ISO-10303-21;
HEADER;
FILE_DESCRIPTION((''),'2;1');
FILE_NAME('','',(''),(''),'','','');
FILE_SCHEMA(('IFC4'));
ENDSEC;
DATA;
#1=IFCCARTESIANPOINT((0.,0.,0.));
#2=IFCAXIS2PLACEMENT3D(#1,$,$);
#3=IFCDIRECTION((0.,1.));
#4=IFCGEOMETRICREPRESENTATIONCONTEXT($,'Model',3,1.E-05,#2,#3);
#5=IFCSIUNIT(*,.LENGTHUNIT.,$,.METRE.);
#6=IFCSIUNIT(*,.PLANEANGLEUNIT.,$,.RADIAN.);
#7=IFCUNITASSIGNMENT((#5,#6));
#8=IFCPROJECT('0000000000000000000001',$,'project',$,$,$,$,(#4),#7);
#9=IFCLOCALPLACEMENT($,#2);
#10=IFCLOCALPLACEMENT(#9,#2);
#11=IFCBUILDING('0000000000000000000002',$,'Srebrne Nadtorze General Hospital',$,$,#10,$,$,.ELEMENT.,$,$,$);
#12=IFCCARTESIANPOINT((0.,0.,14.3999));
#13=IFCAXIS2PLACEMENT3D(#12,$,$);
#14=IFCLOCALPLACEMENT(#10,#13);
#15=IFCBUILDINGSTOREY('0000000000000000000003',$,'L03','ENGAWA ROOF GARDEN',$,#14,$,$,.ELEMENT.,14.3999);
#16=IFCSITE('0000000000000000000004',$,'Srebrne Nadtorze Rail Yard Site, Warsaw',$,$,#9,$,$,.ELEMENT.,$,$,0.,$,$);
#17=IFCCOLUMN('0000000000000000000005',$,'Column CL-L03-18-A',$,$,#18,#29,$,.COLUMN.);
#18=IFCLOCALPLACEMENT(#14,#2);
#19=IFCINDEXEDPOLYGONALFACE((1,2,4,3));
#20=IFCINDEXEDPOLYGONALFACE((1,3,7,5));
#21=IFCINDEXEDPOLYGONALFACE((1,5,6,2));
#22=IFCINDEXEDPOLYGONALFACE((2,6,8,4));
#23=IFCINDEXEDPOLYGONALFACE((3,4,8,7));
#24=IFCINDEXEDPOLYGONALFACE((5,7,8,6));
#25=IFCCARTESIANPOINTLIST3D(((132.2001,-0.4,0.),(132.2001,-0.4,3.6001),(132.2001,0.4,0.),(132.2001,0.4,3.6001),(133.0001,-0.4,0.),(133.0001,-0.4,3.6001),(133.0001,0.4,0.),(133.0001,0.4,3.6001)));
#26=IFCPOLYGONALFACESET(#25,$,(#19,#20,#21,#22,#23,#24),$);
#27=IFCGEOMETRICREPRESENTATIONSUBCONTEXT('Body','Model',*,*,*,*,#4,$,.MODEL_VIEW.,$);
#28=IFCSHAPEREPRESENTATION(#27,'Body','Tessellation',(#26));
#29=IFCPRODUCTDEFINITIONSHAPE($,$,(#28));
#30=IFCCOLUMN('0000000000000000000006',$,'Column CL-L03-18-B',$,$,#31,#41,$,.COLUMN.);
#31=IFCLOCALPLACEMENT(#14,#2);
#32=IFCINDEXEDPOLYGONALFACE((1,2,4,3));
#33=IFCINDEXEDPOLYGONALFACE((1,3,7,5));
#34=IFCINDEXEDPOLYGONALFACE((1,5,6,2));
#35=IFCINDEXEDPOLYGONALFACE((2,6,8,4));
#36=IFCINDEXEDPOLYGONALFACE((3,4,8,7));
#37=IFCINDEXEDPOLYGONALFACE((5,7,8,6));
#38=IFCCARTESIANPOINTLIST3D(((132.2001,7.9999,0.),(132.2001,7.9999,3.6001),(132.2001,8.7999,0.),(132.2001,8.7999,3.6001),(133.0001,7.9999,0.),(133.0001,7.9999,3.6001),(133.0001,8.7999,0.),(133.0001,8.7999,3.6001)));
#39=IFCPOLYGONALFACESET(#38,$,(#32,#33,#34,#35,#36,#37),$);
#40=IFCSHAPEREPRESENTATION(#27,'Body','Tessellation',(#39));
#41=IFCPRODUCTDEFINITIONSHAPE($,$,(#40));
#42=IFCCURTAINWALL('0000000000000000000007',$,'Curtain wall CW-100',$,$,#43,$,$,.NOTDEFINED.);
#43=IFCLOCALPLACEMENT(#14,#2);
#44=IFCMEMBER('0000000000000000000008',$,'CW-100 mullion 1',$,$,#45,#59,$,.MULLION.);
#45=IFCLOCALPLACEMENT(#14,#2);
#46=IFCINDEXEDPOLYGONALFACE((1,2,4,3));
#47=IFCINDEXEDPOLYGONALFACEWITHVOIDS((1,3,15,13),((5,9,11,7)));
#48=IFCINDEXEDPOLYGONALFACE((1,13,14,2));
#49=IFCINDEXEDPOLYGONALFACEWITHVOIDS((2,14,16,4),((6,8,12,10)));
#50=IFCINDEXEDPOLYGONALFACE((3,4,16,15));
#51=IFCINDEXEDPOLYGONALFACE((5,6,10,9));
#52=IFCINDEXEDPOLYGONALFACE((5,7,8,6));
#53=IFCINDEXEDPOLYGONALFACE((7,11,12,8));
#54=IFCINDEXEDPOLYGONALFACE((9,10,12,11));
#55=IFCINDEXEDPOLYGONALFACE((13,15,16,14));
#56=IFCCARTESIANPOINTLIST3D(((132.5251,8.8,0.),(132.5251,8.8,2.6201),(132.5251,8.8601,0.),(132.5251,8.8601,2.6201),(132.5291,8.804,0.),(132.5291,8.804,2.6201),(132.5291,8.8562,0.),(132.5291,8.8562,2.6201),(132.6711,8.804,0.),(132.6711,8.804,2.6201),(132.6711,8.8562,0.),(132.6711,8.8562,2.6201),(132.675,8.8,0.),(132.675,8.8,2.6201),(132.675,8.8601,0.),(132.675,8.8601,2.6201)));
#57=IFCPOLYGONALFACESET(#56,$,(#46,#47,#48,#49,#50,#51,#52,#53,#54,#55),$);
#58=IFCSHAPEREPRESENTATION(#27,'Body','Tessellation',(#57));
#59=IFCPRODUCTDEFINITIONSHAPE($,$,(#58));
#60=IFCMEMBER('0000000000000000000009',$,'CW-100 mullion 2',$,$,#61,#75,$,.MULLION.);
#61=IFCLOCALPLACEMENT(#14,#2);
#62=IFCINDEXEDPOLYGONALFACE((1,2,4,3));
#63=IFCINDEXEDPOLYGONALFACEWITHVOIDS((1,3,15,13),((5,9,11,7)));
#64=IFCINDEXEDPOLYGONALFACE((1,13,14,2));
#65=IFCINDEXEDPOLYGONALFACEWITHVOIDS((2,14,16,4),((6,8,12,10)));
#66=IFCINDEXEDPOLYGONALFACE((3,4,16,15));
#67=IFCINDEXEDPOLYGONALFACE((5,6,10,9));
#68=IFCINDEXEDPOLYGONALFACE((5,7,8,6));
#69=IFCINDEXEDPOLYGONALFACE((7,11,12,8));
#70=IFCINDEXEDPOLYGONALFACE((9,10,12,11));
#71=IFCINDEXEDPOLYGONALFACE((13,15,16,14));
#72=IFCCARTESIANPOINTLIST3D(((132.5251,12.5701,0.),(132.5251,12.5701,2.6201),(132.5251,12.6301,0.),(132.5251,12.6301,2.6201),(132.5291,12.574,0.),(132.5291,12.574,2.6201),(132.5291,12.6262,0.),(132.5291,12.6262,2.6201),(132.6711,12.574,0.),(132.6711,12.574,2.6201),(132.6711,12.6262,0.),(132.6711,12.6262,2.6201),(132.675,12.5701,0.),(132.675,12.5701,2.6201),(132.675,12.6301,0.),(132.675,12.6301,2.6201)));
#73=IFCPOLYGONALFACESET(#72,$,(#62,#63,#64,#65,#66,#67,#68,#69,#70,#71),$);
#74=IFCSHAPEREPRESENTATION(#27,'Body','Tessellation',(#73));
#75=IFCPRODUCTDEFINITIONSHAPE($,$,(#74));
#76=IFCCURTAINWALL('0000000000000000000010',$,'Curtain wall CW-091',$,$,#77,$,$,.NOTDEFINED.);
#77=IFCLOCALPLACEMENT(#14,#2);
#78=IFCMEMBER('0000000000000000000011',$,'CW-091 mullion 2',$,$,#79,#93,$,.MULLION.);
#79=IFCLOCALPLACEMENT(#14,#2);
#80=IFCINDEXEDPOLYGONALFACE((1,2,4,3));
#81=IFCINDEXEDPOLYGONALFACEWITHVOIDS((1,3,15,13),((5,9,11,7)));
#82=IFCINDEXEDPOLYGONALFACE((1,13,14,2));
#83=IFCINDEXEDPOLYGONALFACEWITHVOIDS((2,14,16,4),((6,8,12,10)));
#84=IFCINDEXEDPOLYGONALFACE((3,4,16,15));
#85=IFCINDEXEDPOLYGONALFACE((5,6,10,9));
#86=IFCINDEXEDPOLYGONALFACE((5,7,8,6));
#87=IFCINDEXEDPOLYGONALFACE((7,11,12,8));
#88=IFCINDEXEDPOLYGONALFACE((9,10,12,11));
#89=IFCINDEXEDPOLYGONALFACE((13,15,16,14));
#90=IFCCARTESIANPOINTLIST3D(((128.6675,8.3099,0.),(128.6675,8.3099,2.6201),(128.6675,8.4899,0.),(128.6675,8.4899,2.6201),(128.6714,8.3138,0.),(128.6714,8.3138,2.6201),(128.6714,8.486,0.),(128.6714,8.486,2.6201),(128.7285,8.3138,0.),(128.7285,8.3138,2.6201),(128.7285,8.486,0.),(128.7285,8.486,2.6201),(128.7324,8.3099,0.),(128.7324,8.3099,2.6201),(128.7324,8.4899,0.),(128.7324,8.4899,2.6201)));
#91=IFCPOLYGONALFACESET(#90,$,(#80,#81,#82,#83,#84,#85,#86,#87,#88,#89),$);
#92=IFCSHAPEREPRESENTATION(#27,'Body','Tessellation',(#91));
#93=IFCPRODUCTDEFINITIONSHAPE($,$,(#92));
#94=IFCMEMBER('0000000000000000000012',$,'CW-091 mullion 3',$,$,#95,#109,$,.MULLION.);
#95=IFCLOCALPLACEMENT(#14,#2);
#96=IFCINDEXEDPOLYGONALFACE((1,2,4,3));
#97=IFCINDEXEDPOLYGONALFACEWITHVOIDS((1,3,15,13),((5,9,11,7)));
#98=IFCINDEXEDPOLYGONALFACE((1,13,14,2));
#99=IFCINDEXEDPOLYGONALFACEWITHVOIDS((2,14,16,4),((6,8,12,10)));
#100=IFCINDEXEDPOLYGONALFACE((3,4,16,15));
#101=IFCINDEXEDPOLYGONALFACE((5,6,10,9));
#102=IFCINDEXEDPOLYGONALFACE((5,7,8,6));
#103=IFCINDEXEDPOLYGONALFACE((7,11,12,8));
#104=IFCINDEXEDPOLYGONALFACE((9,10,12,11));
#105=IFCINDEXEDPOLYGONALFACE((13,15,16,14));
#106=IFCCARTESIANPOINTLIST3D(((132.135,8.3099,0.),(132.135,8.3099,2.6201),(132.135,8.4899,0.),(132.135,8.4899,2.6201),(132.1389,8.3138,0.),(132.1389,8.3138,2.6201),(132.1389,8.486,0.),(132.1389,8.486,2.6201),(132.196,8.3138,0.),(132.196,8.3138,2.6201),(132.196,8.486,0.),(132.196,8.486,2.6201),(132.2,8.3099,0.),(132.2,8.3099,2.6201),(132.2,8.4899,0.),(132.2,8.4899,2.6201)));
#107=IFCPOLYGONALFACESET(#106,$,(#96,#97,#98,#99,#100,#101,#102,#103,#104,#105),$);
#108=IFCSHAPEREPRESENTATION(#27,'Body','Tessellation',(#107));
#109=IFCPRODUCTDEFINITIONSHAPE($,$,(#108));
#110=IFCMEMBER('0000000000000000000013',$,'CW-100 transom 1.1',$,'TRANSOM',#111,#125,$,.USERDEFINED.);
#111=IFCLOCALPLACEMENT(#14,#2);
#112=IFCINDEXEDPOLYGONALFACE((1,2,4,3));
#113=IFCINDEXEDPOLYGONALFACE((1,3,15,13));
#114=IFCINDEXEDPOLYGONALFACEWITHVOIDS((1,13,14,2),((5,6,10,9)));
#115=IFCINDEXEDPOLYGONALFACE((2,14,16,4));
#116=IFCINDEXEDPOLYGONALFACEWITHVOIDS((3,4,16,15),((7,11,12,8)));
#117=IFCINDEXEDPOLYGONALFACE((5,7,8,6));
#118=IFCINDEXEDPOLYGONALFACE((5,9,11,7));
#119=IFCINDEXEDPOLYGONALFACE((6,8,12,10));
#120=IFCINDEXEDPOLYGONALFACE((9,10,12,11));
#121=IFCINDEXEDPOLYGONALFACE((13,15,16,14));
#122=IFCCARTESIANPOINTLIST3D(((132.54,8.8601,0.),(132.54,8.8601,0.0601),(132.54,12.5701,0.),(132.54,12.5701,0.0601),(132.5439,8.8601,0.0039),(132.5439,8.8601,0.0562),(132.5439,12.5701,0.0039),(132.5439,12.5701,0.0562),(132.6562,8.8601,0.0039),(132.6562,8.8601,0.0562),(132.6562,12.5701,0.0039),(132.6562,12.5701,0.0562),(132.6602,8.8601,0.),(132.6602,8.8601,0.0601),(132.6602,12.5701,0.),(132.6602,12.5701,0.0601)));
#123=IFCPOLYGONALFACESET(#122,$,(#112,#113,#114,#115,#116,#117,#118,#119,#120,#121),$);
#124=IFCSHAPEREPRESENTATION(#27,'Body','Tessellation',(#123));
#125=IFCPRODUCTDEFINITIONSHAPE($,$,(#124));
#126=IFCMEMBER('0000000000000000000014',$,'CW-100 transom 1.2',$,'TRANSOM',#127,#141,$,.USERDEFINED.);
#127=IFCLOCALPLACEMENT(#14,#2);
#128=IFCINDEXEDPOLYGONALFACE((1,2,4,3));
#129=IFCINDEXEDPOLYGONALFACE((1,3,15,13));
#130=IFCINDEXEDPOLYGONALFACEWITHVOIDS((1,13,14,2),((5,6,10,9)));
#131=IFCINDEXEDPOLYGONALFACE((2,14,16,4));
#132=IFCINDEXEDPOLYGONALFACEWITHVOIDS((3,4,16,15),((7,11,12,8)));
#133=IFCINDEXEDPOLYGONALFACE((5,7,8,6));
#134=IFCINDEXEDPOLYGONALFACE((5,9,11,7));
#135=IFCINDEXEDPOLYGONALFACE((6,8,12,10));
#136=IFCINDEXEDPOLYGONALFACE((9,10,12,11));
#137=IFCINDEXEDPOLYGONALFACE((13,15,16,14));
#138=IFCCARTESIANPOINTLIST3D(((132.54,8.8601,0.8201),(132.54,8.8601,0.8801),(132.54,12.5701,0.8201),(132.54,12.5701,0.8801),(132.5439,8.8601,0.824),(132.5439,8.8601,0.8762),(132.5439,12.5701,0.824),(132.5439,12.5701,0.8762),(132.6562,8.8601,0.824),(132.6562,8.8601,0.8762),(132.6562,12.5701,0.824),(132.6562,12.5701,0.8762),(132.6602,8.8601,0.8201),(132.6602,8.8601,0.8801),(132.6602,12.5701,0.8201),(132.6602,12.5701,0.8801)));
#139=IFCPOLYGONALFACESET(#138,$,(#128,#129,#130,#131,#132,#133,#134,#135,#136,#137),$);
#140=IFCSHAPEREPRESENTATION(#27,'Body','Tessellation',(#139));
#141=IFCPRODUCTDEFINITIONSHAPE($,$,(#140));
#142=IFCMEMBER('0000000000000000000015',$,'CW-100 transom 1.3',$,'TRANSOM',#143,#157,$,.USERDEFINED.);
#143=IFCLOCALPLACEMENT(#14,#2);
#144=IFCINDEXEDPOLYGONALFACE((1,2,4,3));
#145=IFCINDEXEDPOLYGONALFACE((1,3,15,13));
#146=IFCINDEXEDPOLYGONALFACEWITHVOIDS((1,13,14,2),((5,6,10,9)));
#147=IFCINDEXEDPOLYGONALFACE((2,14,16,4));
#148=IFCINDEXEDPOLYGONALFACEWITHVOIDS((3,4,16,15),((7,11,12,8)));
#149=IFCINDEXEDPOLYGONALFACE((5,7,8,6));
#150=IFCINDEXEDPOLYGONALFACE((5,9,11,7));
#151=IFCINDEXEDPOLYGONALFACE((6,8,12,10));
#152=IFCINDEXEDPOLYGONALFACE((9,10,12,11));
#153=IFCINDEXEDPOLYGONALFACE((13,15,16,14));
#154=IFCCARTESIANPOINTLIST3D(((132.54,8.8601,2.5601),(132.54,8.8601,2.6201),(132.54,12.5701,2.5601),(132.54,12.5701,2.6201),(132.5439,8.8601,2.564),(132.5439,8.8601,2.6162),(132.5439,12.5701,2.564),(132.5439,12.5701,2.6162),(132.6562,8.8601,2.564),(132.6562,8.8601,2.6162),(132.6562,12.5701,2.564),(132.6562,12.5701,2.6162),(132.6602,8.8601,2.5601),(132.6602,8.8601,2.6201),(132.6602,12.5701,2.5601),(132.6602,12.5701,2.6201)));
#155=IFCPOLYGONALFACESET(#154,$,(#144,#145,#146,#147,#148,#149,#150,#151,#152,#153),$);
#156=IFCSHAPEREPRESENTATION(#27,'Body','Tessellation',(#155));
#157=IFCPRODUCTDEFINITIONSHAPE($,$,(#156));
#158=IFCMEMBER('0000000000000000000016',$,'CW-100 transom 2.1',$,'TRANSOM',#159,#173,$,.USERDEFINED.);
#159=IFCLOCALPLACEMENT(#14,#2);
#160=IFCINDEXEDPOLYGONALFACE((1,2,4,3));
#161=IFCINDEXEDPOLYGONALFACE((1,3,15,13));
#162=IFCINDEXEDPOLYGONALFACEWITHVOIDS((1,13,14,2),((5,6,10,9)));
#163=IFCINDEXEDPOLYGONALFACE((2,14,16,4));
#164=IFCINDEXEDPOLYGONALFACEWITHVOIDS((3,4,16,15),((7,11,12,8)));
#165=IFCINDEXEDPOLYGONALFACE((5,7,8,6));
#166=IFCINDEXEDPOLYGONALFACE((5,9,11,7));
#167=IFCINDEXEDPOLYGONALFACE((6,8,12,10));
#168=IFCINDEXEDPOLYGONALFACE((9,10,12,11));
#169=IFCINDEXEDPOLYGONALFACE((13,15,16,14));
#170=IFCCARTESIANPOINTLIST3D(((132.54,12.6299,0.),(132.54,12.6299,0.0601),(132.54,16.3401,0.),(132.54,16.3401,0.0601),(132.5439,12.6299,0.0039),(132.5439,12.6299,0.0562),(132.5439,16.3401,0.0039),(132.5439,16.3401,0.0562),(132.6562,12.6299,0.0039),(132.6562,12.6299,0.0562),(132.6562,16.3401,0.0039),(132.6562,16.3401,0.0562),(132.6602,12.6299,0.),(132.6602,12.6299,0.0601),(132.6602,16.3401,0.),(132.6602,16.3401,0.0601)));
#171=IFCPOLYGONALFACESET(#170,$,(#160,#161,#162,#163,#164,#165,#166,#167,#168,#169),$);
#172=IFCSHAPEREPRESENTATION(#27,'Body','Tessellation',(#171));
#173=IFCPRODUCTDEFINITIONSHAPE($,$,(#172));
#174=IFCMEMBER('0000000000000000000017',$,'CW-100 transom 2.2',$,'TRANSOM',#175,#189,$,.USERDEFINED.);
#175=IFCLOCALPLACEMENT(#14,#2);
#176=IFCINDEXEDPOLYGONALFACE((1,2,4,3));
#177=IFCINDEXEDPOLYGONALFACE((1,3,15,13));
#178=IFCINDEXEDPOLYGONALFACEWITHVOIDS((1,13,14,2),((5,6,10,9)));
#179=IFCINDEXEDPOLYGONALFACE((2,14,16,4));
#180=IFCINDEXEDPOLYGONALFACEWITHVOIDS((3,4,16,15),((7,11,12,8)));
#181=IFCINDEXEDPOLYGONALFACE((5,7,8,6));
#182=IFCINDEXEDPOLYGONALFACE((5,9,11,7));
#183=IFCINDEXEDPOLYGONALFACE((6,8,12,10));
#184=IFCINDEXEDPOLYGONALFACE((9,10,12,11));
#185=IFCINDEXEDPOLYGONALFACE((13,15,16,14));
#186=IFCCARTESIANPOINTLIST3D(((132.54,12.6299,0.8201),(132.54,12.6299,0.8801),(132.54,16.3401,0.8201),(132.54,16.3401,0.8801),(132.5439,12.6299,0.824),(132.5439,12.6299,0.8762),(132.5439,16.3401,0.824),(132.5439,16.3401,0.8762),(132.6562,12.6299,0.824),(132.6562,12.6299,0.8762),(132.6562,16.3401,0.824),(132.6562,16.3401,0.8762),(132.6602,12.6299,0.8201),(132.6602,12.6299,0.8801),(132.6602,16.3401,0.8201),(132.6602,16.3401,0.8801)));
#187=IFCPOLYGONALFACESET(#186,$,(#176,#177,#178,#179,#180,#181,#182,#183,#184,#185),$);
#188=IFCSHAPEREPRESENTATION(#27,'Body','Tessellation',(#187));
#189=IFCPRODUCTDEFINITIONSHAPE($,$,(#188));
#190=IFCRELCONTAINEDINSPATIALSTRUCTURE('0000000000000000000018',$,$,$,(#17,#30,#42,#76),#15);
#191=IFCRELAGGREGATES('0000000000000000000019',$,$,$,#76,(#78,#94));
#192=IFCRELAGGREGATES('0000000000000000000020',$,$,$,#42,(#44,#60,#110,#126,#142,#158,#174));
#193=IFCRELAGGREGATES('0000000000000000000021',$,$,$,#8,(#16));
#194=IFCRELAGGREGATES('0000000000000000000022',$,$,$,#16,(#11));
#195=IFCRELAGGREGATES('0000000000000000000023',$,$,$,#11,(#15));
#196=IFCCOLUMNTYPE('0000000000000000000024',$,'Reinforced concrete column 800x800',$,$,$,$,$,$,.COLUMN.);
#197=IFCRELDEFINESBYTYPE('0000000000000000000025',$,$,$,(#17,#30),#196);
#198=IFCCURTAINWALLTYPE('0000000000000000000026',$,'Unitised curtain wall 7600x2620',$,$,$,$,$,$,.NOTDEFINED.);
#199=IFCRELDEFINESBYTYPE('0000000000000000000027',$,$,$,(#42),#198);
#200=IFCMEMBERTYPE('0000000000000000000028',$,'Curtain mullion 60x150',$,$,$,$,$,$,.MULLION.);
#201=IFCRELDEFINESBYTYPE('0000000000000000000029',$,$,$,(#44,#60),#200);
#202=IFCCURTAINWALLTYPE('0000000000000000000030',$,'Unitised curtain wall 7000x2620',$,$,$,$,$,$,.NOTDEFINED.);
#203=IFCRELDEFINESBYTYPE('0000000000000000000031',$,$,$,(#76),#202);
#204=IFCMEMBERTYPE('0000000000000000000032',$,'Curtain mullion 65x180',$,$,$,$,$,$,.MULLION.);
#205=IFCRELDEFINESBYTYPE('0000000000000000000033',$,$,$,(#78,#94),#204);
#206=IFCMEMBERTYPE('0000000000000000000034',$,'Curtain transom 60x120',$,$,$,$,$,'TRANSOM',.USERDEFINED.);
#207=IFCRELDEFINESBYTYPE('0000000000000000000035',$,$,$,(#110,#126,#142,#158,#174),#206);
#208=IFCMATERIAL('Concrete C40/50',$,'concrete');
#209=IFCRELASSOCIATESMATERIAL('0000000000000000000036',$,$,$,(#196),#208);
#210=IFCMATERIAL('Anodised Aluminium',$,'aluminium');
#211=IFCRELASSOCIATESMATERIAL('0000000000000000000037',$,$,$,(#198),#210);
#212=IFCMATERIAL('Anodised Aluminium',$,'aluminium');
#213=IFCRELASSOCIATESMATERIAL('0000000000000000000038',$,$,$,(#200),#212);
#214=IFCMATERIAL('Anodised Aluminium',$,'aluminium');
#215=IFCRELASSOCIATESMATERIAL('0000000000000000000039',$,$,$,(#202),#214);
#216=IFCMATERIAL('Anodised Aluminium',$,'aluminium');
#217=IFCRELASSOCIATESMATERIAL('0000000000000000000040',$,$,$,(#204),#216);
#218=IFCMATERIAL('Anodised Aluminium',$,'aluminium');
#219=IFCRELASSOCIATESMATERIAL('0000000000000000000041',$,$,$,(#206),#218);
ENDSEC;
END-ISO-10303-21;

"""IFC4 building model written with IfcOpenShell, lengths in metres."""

from ifc_helpers import new_model, si_unit, direction, frame, origin, origin_2d, place, context, subcontext, project, spatial, rectangle, hollow_rectangle, extrude, material, material_profile, profile_set, type_object, element, aggregate, save


model = new_model("IFC4")

# Units and contexts
model_context = context("Model", 3, precision=1e-05, world=origin(), true_north=direction((0.0, 1.0)))
body_context = subcontext(model_context, "Body", "Model", "MODEL_VIEW")
ifc_project = project(units=[si_unit("LENGTHUNIT", "METRE"), si_unit("PLANEANGLEUNIT", "RADIAN")], contexts=[model_context])

# Site, building, storey
site_placement = place(None, origin())
site = spatial("IfcSite", under=ifc_project, at=site_placement, Name="Srebrne Nadtorze Rail Yard Site, Warsaw", CompositionType="ELEMENT", RefElevation=0.0)
building_placement = place(site_placement, origin())
building = spatial("IfcBuilding", under=site, at=building_placement, Name="Srebrne Nadtorze General Hospital", CompositionType="ELEMENT")
storey_placement = place(building_placement, frame((0.0, 0.0, 14.3999)))
storey = spatial("IfcBuildingStorey", under=building, at=storey_placement, Name="L03", Description="ENGAWA ROOF GARDEN", CompositionType="ELEMENT", Elevation=14.3999)

# Columns
ifc_material_1 = material(Name="Concrete C40/50", Category="concrete")
ifc_material_profile_1 = material_profile(ifc_material_1, rectangle(XDim=0.8, YDim=0.8, at=origin_2d()), Name="RC-COL-800x800")
ifc_profile_set_1 = profile_set([ifc_material_profile_1], Name="Concrete C40/50")
column_type = type_object("IfcColumnType", Name="Reinforced concrete column 800x800", PredefinedType="COLUMN", material=ifc_profile_set_1)
for number, where, z_axis, x_axis, name in (
    (1, (132.6001, 0.0, 0.0), (0.0, 0.0, 1.0), (1.0, 0.0, 0.0), "Column CL-L03-18-A"),
    (2, (132.6001, 8.3999, 0.0), (0.0, 0.0, 1.0), (1.0, 0.0, 0.0), "Column CL-L03-18-B"),
):
    element("IfcColumn", number, at=place(storey_placement, frame(where, z_axis=z_axis, x_axis=x_axis)), inside=storey, type_object=column_type, Name=name, PredefinedType="COLUMN", context=body_context, shape_type="SweptSolid", body=[
        extrude(rectangle(XDim=0.8, YDim=0.8, at=origin_2d()), origin(), (0.0, 0.0, 1.0), 3.6001),
    ])

# Curtain walls, members
ifc_material_2 = material(Name="Anodised Aluminium", Category="aluminium")
curtain_wall_type_1 = type_object("IfcCurtainWallType", Name="Unitised curtain wall 7600x2620", PredefinedType="NOTDEFINED", material=ifc_material_2)
curtain_wall_1_placement = place(storey_placement, origin())
curtain_wall_1 = element("IfcCurtainWall", 3, at=curtain_wall_1_placement, inside=storey, type_object=curtain_wall_type_1, Name="Curtain wall CW-100", PredefinedType="NOTDEFINED")
ifc_material_3 = material(Name="Anodised Aluminium", Category="aluminium")
ifc_material_profile_2 = material_profile(ifc_material_3, hollow_rectangle(XDim=0.0601, YDim=0.1499, WallThickness=0.0039, at=origin_2d()), Name="AL-MUL-60x150")
ifc_profile_set_2 = profile_set([ifc_material_profile_2], Name="Anodised Aluminium")
member_type_1 = type_object("IfcMemberType", Name="Curtain mullion 60x150", PredefinedType="MULLION", material=ifc_profile_set_2)
member_1_placement = place(storey_placement, frame((132.6001, 8.8301, 0.0), z_axis=(0.0, 0.0, 1.0), x_axis=(0.0, 1.0, 0.0)))
member_1 = element("IfcMember", 4, at=member_1_placement, type_object=member_type_1, Name="CW-100 mullion 1", PredefinedType="MULLION", context=body_context, shape_type="SweptSolid", body=[
    extrude(hollow_rectangle(XDim=0.0601, YDim=0.1499, WallThickness=0.0039, at=origin_2d()), origin(), (0.0, 0.0, 1.0), 2.6201),
])
member_2_placement = place(storey_placement, frame((132.6001, 12.6001, 0.0), z_axis=(0.0, 0.0, 1.0), x_axis=(0.0, 1.0, 0.0)))
member_2 = element("IfcMember", 5, at=member_2_placement, type_object=member_type_1, Name="CW-100 mullion 2", PredefinedType="MULLION", context=body_context, shape_type="SweptSolid", body=[
    extrude(hollow_rectangle(XDim=0.0601, YDim=0.1499, WallThickness=0.0039, at=origin_2d()), origin(), (0.0, 0.0, 1.0), 2.6201),
])
ifc_material_4 = material(Name="Anodised Aluminium", Category="aluminium")
curtain_wall_type_2 = type_object("IfcCurtainWallType", Name="Unitised curtain wall 7000x2620", PredefinedType="NOTDEFINED", material=ifc_material_4)
curtain_wall_2_placement = place(storey_placement, origin())
curtain_wall_2 = element("IfcCurtainWall", 6, at=curtain_wall_2_placement, inside=storey, type_object=curtain_wall_type_2, Name="Curtain wall CW-091", PredefinedType="NOTDEFINED")
ifc_material_5 = material(Name="Anodised Aluminium", Category="aluminium")
ifc_material_profile_3 = material_profile(ifc_material_5, hollow_rectangle(XDim=0.0649, YDim=0.1799, WallThickness=0.0039, at=origin_2d()), Name="AL-MUL-65x180")
ifc_profile_set_3 = profile_set([ifc_material_profile_3], Name="Anodised Aluminium")
member_type_2 = type_object("IfcMemberType", Name="Curtain mullion 65x180", PredefinedType="MULLION", material=ifc_profile_set_3)
member_3_placement = place(storey_placement, frame((128.7, 8.3999, 0.0), z_axis=(0.0, 0.0, 1.0), x_axis=(1.0, 0.0, 0.0)))
member_3 = element("IfcMember", 7, at=member_3_placement, type_object=member_type_2, Name="CW-091 mullion 2", PredefinedType="MULLION", context=body_context, shape_type="SweptSolid", body=[
    extrude(hollow_rectangle(XDim=0.0649, YDim=0.1799, WallThickness=0.0039, at=origin_2d()), origin(), (0.0, 0.0, 1.0), 2.6201),
])
member_4_placement = place(storey_placement, frame((132.1675, 8.3999, 0.0), z_axis=(0.0, 0.0, 1.0), x_axis=(1.0, 0.0, 0.0)))
member_4 = element("IfcMember", 8, at=member_4_placement, type_object=member_type_2, Name="CW-091 mullion 3", PredefinedType="MULLION", context=body_context, shape_type="SweptSolid", body=[
    extrude(hollow_rectangle(XDim=0.0649, YDim=0.1799, WallThickness=0.0039, at=origin_2d()), origin(), (0.0, 0.0, 1.0), 2.6201),
])

# Members
ifc_material_6 = material(Name="Anodised Aluminium", Category="aluminium")
ifc_material_profile_4 = material_profile(ifc_material_6, hollow_rectangle(XDim=0.0601, YDim=0.1201, WallThickness=0.0039, at=origin_2d()), Name="AL-TRN-60x120")
ifc_profile_set_4 = profile_set([ifc_material_profile_4], Name="Anodised Aluminium")
member_type_3 = type_object("IfcMemberType", Name="Curtain transom 60x120", ElementType="TRANSOM", PredefinedType="USERDEFINED", material=ifc_profile_set_4)
member_5_placement = place(storey_placement, frame((132.6001, 8.8601, 0.03), z_axis=(0.0, 1.0, 0.0), x_axis=(0.0, 0.0, 1.0)))
member_5 = element("IfcMember", 9, at=member_5_placement, type_object=member_type_3, Name="CW-100 transom 1.1", ObjectType="TRANSOM", PredefinedType="USERDEFINED", context=body_context, shape_type="SweptSolid", body=[
    extrude(hollow_rectangle(XDim=0.0601, YDim=0.1201, WallThickness=0.0039, at=origin_2d()), origin(), (0.0, 0.0, 1.0), 3.71),
])
member_6_placement = place(storey_placement, frame((132.6001, 8.8601, 0.8501), z_axis=(0.0, 1.0, 0.0), x_axis=(0.0, 0.0, 1.0)))
member_6 = element("IfcMember", 10, at=member_6_placement, type_object=member_type_3, Name="CW-100 transom 1.2", ObjectType="TRANSOM", PredefinedType="USERDEFINED", context=body_context, shape_type="SweptSolid", body=[
    extrude(hollow_rectangle(XDim=0.0601, YDim=0.1201, WallThickness=0.0039, at=origin_2d()), origin(), (0.0, 0.0, 1.0), 3.71),
])
member_7_placement = place(storey_placement, frame((132.6001, 8.8601, 2.5901), z_axis=(0.0, 1.0, 0.0), x_axis=(0.0, 0.0, 1.0)))
member_7 = element("IfcMember", 11, at=member_7_placement, type_object=member_type_3, Name="CW-100 transom 1.3", ObjectType="TRANSOM", PredefinedType="USERDEFINED", context=body_context, shape_type="SweptSolid", body=[
    extrude(hollow_rectangle(XDim=0.0601, YDim=0.1201, WallThickness=0.0039, at=origin_2d()), origin(), (0.0, 0.0, 1.0), 3.71),
])
member_8_placement = place(storey_placement, frame((132.6001, 12.6299, 0.03), z_axis=(0.0, 1.0, 0.0), x_axis=(0.0, 0.0, 1.0)))
member_8 = element("IfcMember", 12, at=member_8_placement, type_object=member_type_3, Name="CW-100 transom 2.1", ObjectType="TRANSOM", PredefinedType="USERDEFINED", context=body_context, shape_type="SweptSolid", body=[
    extrude(hollow_rectangle(XDim=0.0601, YDim=0.1201, WallThickness=0.0039, at=origin_2d()), origin(), (0.0, 0.0, 1.0), 3.7102),
])
member_9_placement = place(storey_placement, frame((132.6001, 12.6299, 0.8501), z_axis=(0.0, 1.0, 0.0), x_axis=(0.0, 0.0, 1.0)))
member_9 = element("IfcMember", 13, at=member_9_placement, type_object=member_type_3, Name="CW-100 transom 2.2", ObjectType="TRANSOM", PredefinedType="USERDEFINED", context=body_context, shape_type="SweptSolid", body=[
    extrude(hollow_rectangle(XDim=0.0601, YDim=0.1201, WallThickness=0.0039, at=origin_2d()), origin(), (0.0, 0.0, 1.0), 3.7102),
])

aggregate(curtain_wall_2, [member_3, member_4])
aggregate(curtain_wall_1, [member_1, member_2, member_5, member_6, member_7, member_8, member_9])

save(model, "model.ifc")
